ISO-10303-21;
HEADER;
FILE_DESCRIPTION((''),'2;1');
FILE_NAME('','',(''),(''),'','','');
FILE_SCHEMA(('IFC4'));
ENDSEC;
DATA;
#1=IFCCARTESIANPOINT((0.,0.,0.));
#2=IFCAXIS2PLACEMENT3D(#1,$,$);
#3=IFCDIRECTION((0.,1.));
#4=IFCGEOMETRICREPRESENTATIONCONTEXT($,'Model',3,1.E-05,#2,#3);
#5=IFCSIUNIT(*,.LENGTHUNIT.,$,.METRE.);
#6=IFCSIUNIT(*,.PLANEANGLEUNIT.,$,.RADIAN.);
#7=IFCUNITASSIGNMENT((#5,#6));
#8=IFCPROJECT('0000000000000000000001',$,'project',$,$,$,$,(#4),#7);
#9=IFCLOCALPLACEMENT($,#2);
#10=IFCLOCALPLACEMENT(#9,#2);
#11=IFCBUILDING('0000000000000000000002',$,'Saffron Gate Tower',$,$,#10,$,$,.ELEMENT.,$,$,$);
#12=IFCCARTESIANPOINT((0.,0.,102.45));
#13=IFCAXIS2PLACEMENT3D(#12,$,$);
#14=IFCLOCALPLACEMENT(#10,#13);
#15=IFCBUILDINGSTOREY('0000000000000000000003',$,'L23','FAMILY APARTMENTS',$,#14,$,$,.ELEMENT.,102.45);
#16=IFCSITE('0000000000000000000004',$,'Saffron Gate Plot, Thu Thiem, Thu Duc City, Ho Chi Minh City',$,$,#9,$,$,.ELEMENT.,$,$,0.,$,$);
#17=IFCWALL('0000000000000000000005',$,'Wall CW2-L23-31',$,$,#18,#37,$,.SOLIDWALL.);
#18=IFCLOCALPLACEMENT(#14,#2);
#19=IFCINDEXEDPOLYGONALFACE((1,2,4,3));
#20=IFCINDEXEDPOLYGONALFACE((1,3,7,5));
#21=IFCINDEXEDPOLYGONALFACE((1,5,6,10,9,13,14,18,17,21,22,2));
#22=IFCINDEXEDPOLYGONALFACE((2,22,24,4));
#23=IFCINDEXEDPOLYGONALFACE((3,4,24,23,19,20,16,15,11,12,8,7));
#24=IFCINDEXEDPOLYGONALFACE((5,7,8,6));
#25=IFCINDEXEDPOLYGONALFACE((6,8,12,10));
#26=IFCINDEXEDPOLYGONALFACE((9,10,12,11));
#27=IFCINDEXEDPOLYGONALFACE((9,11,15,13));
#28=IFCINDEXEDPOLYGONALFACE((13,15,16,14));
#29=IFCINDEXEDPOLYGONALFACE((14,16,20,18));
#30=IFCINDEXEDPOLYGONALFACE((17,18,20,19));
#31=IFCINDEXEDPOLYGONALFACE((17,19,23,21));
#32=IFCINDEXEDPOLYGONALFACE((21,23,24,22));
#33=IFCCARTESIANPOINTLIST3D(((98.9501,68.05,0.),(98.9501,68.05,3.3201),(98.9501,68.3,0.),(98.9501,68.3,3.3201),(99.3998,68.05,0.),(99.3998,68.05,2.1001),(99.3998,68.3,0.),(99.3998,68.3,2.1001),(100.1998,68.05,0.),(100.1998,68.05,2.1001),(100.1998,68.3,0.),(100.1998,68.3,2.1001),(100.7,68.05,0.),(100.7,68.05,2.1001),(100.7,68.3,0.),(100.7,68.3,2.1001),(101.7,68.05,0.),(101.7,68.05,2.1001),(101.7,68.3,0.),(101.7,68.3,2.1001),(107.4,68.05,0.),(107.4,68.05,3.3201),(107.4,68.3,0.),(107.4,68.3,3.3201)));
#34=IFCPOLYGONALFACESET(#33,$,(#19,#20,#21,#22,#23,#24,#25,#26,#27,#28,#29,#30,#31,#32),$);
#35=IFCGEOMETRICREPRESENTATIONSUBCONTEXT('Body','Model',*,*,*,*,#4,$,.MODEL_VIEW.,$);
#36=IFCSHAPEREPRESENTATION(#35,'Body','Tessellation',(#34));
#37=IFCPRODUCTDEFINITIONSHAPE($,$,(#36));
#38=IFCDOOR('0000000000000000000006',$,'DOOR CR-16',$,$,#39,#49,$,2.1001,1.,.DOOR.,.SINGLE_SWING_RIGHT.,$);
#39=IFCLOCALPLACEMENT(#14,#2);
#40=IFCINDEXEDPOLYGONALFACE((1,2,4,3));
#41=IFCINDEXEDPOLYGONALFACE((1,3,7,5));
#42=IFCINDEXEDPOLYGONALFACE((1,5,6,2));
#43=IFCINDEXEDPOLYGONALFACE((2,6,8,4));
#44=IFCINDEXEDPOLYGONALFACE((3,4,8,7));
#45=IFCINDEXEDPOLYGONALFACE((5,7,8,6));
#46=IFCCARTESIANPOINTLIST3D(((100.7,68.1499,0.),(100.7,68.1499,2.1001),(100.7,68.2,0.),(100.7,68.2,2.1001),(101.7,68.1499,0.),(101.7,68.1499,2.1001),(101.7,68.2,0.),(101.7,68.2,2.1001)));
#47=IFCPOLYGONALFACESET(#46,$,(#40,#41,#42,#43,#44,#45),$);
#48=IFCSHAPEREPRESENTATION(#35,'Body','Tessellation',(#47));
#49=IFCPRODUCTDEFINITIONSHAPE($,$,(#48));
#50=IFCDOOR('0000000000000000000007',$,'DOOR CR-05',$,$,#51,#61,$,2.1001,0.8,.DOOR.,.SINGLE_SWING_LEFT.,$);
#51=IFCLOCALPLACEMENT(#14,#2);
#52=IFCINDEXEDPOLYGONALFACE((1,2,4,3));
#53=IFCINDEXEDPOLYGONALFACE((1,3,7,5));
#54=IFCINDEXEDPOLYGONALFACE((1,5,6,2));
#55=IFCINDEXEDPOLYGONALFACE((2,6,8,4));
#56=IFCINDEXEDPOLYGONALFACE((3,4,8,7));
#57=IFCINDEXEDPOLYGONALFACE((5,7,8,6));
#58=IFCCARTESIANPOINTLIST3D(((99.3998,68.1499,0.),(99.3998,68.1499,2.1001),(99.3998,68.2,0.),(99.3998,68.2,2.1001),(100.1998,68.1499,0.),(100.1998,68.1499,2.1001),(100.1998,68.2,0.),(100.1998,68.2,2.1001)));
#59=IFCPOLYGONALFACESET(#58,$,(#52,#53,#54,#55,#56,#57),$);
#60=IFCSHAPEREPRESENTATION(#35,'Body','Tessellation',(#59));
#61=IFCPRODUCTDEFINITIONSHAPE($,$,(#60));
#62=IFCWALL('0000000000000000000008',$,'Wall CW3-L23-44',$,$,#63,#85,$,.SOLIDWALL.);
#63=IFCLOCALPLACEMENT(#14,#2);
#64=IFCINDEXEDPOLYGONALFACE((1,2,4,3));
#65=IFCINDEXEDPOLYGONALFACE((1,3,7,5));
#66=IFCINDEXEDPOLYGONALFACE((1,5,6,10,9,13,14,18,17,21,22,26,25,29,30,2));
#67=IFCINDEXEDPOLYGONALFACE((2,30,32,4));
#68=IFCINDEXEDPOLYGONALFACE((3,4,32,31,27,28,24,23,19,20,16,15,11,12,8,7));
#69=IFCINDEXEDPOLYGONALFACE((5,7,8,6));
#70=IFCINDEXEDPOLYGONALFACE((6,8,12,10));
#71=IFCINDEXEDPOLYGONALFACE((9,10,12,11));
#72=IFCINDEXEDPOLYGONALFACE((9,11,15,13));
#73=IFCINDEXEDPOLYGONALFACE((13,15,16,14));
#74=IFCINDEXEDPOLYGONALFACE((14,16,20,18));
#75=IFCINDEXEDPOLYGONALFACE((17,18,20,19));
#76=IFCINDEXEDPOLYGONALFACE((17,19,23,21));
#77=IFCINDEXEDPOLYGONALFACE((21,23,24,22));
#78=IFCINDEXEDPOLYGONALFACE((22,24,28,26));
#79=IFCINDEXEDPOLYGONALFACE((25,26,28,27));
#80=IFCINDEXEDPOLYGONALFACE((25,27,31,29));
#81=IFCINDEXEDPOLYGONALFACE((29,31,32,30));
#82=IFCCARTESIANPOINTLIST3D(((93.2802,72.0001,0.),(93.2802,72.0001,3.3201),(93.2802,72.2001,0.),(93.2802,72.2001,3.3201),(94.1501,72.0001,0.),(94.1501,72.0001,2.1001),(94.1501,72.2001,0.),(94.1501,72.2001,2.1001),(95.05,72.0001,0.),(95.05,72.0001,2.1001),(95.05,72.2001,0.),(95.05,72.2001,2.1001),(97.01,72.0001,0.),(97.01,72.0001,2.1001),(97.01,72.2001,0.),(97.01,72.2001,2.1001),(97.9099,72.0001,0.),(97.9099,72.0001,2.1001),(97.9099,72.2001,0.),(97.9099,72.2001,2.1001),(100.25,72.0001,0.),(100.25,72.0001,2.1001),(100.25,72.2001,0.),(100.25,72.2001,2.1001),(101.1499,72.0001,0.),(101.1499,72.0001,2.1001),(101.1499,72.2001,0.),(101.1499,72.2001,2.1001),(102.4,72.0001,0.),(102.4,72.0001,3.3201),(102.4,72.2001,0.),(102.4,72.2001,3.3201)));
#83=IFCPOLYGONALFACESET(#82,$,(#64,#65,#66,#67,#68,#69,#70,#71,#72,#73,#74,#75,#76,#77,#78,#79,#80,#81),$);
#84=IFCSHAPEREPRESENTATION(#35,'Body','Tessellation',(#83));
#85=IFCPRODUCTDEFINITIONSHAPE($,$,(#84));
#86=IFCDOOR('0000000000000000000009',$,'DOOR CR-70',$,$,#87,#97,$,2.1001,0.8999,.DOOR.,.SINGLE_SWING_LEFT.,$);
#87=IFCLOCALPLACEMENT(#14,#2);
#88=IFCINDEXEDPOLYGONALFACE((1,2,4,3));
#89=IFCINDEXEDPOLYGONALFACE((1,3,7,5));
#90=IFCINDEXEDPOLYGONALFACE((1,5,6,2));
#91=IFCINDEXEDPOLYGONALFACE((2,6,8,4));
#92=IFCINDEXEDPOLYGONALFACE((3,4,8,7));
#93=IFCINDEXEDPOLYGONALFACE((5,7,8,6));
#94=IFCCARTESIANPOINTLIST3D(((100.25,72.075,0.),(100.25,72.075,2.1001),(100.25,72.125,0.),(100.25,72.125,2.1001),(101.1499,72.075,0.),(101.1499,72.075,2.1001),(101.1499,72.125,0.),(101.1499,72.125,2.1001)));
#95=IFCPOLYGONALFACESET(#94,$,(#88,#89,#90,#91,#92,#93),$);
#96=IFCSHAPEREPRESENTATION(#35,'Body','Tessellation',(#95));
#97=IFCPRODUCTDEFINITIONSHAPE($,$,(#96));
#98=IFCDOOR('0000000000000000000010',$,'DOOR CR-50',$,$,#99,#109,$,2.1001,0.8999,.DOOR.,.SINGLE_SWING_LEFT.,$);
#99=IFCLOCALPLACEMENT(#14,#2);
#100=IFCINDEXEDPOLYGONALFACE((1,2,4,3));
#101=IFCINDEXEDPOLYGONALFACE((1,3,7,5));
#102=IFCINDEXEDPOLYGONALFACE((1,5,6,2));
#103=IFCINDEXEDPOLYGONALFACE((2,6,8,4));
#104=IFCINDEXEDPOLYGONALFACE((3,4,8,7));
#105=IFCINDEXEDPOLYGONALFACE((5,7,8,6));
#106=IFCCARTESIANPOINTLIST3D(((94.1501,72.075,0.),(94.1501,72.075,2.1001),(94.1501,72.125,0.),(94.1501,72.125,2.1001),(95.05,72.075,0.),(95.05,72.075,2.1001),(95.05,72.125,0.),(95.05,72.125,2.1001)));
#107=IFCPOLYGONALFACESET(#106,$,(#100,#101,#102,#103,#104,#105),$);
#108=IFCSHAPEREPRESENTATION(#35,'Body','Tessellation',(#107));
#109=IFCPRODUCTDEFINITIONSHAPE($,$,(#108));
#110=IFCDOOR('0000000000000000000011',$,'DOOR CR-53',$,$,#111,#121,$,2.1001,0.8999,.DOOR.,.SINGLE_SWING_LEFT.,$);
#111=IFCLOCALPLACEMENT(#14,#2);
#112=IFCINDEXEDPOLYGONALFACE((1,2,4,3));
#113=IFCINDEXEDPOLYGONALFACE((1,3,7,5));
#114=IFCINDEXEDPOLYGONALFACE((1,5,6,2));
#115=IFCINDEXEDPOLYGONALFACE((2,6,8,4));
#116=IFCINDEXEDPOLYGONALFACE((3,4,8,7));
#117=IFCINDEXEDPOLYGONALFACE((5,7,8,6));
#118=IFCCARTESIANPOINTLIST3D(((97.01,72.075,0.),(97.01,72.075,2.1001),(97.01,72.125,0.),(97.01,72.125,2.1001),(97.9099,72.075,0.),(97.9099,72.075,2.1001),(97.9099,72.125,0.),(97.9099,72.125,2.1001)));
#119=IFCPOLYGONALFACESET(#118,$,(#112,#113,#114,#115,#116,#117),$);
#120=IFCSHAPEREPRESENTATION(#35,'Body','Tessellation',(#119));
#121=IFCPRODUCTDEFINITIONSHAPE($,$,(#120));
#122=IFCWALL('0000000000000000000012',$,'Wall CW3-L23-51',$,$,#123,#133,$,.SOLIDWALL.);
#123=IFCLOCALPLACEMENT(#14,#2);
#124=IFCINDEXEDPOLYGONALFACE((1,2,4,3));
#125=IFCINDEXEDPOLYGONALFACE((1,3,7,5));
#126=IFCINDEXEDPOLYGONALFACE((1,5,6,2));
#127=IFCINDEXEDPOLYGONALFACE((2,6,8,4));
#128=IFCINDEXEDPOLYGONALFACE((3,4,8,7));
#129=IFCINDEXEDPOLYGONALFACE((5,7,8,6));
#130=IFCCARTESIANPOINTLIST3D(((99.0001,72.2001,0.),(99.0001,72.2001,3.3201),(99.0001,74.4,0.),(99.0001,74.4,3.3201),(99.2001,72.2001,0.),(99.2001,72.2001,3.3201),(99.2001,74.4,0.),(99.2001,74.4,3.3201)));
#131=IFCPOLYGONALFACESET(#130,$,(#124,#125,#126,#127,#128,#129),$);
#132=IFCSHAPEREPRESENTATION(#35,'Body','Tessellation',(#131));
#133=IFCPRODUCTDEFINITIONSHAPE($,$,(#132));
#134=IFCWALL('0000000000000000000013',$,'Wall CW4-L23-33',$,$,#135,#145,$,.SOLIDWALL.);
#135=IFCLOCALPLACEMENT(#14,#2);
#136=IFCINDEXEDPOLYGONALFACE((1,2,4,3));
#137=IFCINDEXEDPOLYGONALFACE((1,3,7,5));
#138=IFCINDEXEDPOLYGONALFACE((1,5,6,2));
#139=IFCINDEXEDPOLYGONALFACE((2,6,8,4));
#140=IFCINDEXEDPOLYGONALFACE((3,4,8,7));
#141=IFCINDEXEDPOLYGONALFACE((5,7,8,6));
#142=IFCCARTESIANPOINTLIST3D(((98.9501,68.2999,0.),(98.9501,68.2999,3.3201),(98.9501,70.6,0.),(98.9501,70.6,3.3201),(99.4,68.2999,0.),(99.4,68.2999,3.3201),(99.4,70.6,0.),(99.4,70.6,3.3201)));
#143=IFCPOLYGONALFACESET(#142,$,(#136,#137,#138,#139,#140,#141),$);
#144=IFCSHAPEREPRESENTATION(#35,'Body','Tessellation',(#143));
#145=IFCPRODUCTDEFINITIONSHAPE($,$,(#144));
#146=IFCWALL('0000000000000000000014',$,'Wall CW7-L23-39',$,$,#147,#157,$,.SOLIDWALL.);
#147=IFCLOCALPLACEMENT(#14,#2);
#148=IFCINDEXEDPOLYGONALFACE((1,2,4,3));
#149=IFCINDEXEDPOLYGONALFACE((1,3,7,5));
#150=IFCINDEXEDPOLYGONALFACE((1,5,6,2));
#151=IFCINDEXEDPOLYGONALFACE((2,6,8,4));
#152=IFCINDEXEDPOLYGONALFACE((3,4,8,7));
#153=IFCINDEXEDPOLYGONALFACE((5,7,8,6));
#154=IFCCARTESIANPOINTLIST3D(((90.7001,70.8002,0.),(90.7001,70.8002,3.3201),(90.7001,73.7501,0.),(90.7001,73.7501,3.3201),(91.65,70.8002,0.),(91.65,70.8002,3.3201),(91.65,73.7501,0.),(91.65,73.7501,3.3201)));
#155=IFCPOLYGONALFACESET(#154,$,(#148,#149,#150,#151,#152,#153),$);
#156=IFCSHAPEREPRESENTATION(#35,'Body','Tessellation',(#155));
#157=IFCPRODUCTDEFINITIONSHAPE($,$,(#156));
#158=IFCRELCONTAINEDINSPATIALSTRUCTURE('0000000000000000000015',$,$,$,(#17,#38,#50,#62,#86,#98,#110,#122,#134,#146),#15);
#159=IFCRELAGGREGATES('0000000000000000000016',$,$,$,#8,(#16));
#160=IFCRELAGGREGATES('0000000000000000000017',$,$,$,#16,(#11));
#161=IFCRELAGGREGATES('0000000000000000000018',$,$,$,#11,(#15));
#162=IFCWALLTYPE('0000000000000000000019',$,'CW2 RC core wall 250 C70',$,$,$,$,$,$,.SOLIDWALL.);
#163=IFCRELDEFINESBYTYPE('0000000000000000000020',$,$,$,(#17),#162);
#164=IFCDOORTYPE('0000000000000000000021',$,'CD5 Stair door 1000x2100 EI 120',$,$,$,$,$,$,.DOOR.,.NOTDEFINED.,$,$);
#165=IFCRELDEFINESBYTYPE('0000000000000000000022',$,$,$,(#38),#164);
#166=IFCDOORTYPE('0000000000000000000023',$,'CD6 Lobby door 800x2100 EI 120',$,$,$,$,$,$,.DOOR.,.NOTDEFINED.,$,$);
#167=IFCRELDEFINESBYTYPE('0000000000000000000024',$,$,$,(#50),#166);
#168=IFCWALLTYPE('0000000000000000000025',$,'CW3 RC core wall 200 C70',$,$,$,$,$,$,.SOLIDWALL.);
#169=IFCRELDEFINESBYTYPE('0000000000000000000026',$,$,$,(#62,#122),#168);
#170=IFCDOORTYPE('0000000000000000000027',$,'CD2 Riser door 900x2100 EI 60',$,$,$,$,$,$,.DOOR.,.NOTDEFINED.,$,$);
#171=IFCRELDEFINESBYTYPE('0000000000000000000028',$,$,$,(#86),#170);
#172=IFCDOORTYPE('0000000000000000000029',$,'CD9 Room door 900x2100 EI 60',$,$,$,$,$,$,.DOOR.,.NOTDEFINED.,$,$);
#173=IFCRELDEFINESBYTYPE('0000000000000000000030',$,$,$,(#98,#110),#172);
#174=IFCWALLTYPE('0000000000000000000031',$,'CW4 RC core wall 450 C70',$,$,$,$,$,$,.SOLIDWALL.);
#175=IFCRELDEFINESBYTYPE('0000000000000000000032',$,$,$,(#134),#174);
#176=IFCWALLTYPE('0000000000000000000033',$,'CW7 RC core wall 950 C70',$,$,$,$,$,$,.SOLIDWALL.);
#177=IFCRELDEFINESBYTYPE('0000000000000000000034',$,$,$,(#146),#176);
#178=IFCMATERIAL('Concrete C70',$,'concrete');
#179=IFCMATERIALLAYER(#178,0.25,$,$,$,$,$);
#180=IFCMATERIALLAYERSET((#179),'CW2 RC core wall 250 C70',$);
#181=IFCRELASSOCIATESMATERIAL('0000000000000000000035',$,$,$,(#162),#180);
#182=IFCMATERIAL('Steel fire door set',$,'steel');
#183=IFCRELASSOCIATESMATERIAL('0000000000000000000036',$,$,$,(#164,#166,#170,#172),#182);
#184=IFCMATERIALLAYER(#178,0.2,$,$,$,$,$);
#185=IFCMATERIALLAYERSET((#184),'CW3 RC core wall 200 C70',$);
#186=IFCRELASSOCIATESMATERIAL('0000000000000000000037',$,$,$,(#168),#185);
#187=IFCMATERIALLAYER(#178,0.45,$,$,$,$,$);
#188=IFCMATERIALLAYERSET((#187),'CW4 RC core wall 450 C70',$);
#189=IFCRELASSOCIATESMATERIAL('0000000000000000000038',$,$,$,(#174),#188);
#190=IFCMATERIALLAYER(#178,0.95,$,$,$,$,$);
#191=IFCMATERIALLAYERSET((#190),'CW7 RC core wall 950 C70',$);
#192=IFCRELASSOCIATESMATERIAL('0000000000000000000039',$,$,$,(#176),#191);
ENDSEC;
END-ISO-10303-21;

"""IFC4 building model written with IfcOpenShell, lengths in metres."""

from ifc_helpers import new_model, si_unit, direction, frame, frame_2d, origin, place, context, subcontext, project, spatial, rectangle, extrude, material, layer, layer_set, type_object, element, fill, save


model = new_model("IFC4")

# Units and contexts
model_context = context("Model", 3, precision=1e-05, world=origin(), true_north=direction((0.0, 1.0)))
body_context = subcontext(model_context, "Body", "Model", "MODEL_VIEW")
ifc_project = project(units=[si_unit("LENGTHUNIT", "METRE"), si_unit("PLANEANGLEUNIT", "RADIAN")], contexts=[model_context])

# Site, building, storey
site_placement = place(None, origin())
site = spatial("IfcSite", under=ifc_project, at=site_placement, Name="Saffron Gate Plot, Thu Thiem, Thu Duc City, Ho Chi Minh City", CompositionType="ELEMENT", RefElevation=0.0)
building_placement = place(site_placement, origin())
building = spatial("IfcBuilding", under=site, at=building_placement, Name="Saffron Gate Tower", CompositionType="ELEMENT")
storey_placement = place(building_placement, frame((0.0, 0.0, 102.45)))
storey = spatial("IfcBuildingStorey", under=building, at=storey_placement, Name="L23", Description="FAMILY APARTMENTS", CompositionType="ELEMENT", Elevation=102.45)

# Walls, openings, doors
ifc_material_1 = material(Name="Concrete C70", Category="concrete")
ifc_layer_1 = layer(ifc_material_1, 0.25)
ifc_layer_set_1 = layer_set([ifc_layer_1], Name="CW2 RC core wall 250 C70")
wall_type_1 = type_object("IfcWallType", Name="CW2 RC core wall 250 C70", PredefinedType="SOLIDWALL", material=ifc_layer_set_1)
wall_1_placement = place(storey_placement, frame((98.95, 68.175, 0.0), z_axis=(0.0, 0.0, 1.0), x_axis=(1.0, 0.0, 0.0)))
wall_1 = element("IfcWall", 1, at=wall_1_placement, inside=storey, type_object=wall_type_1, Name="Wall CW2-L23-31", PredefinedType="SOLIDWALL", context=body_context, shape_type="SweptSolid", body=[
    extrude(rectangle(XDim=8.45, YDim=0.25, at=frame_2d((4.2251, 0.0))), origin(), (0.0, 0.0, 1.0), 3.3201),
])
opening_1_placement = place(wall_1_placement, frame((0.45, 0.0, 0.0)))
opening_1 = element("IfcOpeningElement", 2, at=opening_1_placement, cuts=wall_1, PredefinedType="OPENING", context=body_context, shape_type="SweptSolid", body=[
    extrude(rectangle(XDim=0.8, YDim=2.1001, at=frame_2d((0.3999, 1.05))), frame((0.0, 0.135, 0.0), z_axis=(0.0, -1.0, 0.0), x_axis=(1.0, 0.0, 0.0)), (0.0, 0.0, 1.0), 0.27),
])
opening_2_placement = place(wall_1_placement, frame((1.75, 0.0, 0.0)))
opening_2 = element("IfcOpeningElement", 3, at=opening_2_placement, cuts=wall_1, PredefinedType="OPENING", context=body_context, shape_type="SweptSolid", body=[
    extrude(rectangle(XDim=1.0, YDim=2.1001, at=frame_2d((0.5, 1.05))), frame((0.0, 0.135, 0.0), z_axis=(0.0, -1.0, 0.0), x_axis=(1.0, 0.0, 0.0)), (0.0, 0.0, 1.0), 0.27),
])
ifc_material_2 = material(Name="Steel fire door set", Category="steel")
door_type_1 = type_object("IfcDoorType", Name="CD5 Stair door 1000x2100 EI 120", OperationType="NOTDEFINED", PredefinedType="DOOR", material=ifc_material_2)
door_1_placement = place(opening_2_placement, origin())
door_1 = element("IfcDoor", 4, at=door_1_placement, inside=storey, type_object=door_type_1, Name="DOOR CR-16", OperationType="SINGLE_SWING_RIGHT", OverallHeight=2.1001, OverallWidth=1.0, PredefinedType="DOOR", context=body_context, shape_type="SweptSolid", body=[
    extrude(rectangle(XDim=1.0, YDim=2.1001, at=frame_2d((0.5, 1.05))), frame((0.0, 0.0249, 0.0), z_axis=(0.0, -1.0, 0.0), x_axis=(1.0, 0.0, 0.0)), (0.0, 0.0, 1.0), 0.05),
])
fill(opening_2, door_1)
door_type_2 = type_object("IfcDoorType", Name="CD6 Lobby door 800x2100 EI 120", OperationType="NOTDEFINED", PredefinedType="DOOR", material=ifc_material_2)
door_2_placement = place(opening_1_placement, origin())
door_2 = element("IfcDoor", 5, at=door_2_placement, inside=storey, type_object=door_type_2, Name="DOOR CR-05", OperationType="SINGLE_SWING_LEFT", OverallHeight=2.1001, OverallWidth=0.8, PredefinedType="DOOR", context=body_context, shape_type="SweptSolid", body=[
    extrude(rectangle(XDim=0.8, YDim=2.1001, at=frame_2d((0.3999, 1.05))), frame((0.0, 0.0249, 0.0), z_axis=(0.0, -1.0, 0.0), x_axis=(1.0, 0.0, 0.0)), (0.0, 0.0, 1.0), 0.05),
])
fill(opening_1, door_2)
ifc_layer_2 = layer(ifc_material_1, 0.2)
ifc_layer_set_2 = layer_set([ifc_layer_2], Name="CW3 RC core wall 200 C70")
wall_type_2 = type_object("IfcWallType", Name="CW3 RC core wall 200 C70", PredefinedType="SOLIDWALL", material=ifc_layer_set_2)
wall_2_placement = place(storey_placement, frame((93.28, 72.1001, 0.0), z_axis=(0.0, 0.0, 1.0), x_axis=(1.0, 0.0, 0.0)))
wall_2 = element("IfcWall", 6, at=wall_2_placement, inside=storey, type_object=wall_type_2, Name="Wall CW3-L23-44", PredefinedType="SOLIDWALL", context=body_context, shape_type="SweptSolid", body=[
    extrude(rectangle(XDim=9.1199, YDim=0.2, at=frame_2d((4.5601, 0.0))), origin(), (0.0, 0.0, 1.0), 3.3201),
])
opening_3_placement = place(wall_2_placement, frame((0.8701, 0.0, 0.0)))
opening_3 = element("IfcOpeningElement", 7, at=opening_3_placement, cuts=wall_2, PredefinedType="OPENING", context=body_context, shape_type="SweptSolid", body=[
    extrude(rectangle(XDim=0.8999, YDim=2.1001, at=frame_2d((0.45, 1.05))), frame((0.0, 0.1099, 0.0), z_axis=(0.0, -1.0, 0.0), x_axis=(1.0, 0.0, 0.0)), (0.0, 0.0, 1.0), 0.22),
])
opening_4_placement = place(wall_2_placement, frame((3.73, 0.0, 0.0)))
opening_4 = element("IfcOpeningElement", 8, at=opening_4_placement, cuts=wall_2, PredefinedType="OPENING", context=body_context, shape_type="SweptSolid", body=[
    extrude(rectangle(XDim=0.8999, YDim=2.1001, at=frame_2d((0.45, 1.05))), frame((0.0, 0.1099, 0.0), z_axis=(0.0, -1.0, 0.0), x_axis=(1.0, 0.0, 0.0)), (0.0, 0.0, 1.0), 0.22),
])
opening_5_placement = place(wall_2_placement, frame((6.97, 0.0, 0.0)))
opening_5 = element("IfcOpeningElement", 9, at=opening_5_placement, cuts=wall_2, PredefinedType="OPENING", context=body_context, shape_type="SweptSolid", body=[
    extrude(rectangle(XDim=0.8999, YDim=2.1001, at=frame_2d((0.45, 1.05))), frame((0.0, 0.1099, 0.0), z_axis=(0.0, -1.0, 0.0), x_axis=(1.0, 0.0, 0.0)), (0.0, 0.0, 1.0), 0.22),
])
door_type_3 = type_object("IfcDoorType", Name="CD2 Riser door 900x2100 EI 60", OperationType="NOTDEFINED", PredefinedType="DOOR", material=ifc_material_2)
door_3_placement = place(opening_5_placement, origin())
door_3 = element("IfcDoor", 10, at=door_3_placement, inside=storey, type_object=door_type_3, Name="DOOR CR-70", OperationType="SINGLE_SWING_LEFT", OverallHeight=2.1001, OverallWidth=0.8999, PredefinedType="DOOR", context=body_context, shape_type="SweptSolid", body=[
    extrude(rectangle(XDim=0.8999, YDim=2.1001, at=frame_2d((0.45, 1.05))), frame((0.0, 0.0249, 0.0), z_axis=(0.0, -1.0, 0.0), x_axis=(1.0, 0.0, 0.0)), (0.0, 0.0, 1.0), 0.05),
])
fill(opening_5, door_3)
door_type_4 = type_object("IfcDoorType", Name="CD9 Room door 900x2100 EI 60", OperationType="NOTDEFINED", PredefinedType="DOOR", material=ifc_material_2)
door_4_placement = place(opening_3_placement, origin())
door_4 = element("IfcDoor", 11, at=door_4_placement, inside=storey, type_object=door_type_4, Name="DOOR CR-50", OperationType="SINGLE_SWING_LEFT", OverallHeight=2.1001, OverallWidth=0.8999, PredefinedType="DOOR", context=body_context, shape_type="SweptSolid", body=[
    extrude(rectangle(XDim=0.8999, YDim=2.1001, at=frame_2d((0.45, 1.05))), frame((0.0, 0.0249, 0.0), z_axis=(0.0, -1.0, 0.0), x_axis=(1.0, 0.0, 0.0)), (0.0, 0.0, 1.0), 0.05),
])
fill(opening_3, door_4)
door_5_placement = place(opening_4_placement, origin())
door_5 = element("IfcDoor", 12, at=door_5_placement, inside=storey, type_object=door_type_4, Name="DOOR CR-53", OperationType="SINGLE_SWING_LEFT", OverallHeight=2.1001, OverallWidth=0.8999, PredefinedType="DOOR", context=body_context, shape_type="SweptSolid", body=[
    extrude(rectangle(XDim=0.8999, YDim=2.1001, at=frame_2d((0.45, 1.05))), frame((0.0, 0.0249, 0.0), z_axis=(0.0, -1.0, 0.0), x_axis=(1.0, 0.0, 0.0)), (0.0, 0.0, 1.0), 0.05),
])
fill(opening_4, door_5)

# Walls
wall_3_placement = place(storey_placement, frame((99.1001, 72.2, 0.0), z_axis=(0.0, 0.0, 1.0), x_axis=(0.0, 1.0, 0.0)))
element("IfcWall", 13, at=wall_3_placement, inside=storey, type_object=wall_type_2, Name="Wall CW3-L23-51", PredefinedType="SOLIDWALL", context=body_context, shape_type="SweptSolid", body=[
    extrude(rectangle(XDim=2.2, YDim=0.2, at=frame_2d((1.1001, 0.0))), origin(), (0.0, 0.0, 1.0), 3.3201),
])
ifc_layer_3 = layer(ifc_material_1, 0.45)
ifc_layer_set_3 = layer_set([ifc_layer_3], Name="CW4 RC core wall 450 C70")
wall_type_3 = type_object("IfcWallType", Name="CW4 RC core wall 450 C70", PredefinedType="SOLIDWALL", material=ifc_layer_set_3)
wall_4_placement = place(storey_placement, frame((99.175, 68.3, 0.0), z_axis=(0.0, 0.0, 1.0), x_axis=(0.0, 1.0, 0.0)))
element("IfcWall", 14, at=wall_4_placement, inside=storey, type_object=wall_type_3, Name="Wall CW4-L23-33", PredefinedType="SOLIDWALL", context=body_context, shape_type="SweptSolid", body=[
    extrude(rectangle(XDim=2.3, YDim=0.45, at=frame_2d((1.1499, 0.0))), origin(), (0.0, 0.0, 1.0), 3.3201),
])
ifc_layer_4 = layer(ifc_material_1, 0.95)
ifc_layer_set_4 = layer_set([ifc_layer_4], Name="CW7 RC core wall 950 C70")
wall_type_4 = type_object("IfcWallType", Name="CW7 RC core wall 950 C70", PredefinedType="SOLIDWALL", material=ifc_layer_set_4)
wall_5_placement = place(storey_placement, frame((91.175, 70.8, 0.0), z_axis=(0.0, 0.0, 1.0), x_axis=(0.0, 1.0, 0.0)))
element("IfcWall", 15, at=wall_5_placement, inside=storey, type_object=wall_type_4, Name="Wall CW7-L23-39", PredefinedType="SOLIDWALL", context=body_context, shape_type="SweptSolid", body=[
    extrude(rectangle(XDim=2.95, YDim=0.95, at=frame_2d((1.4751, 0.0))), origin(), (0.0, 0.0, 1.0), 3.3201),
])

save(model, "model.ifc")
